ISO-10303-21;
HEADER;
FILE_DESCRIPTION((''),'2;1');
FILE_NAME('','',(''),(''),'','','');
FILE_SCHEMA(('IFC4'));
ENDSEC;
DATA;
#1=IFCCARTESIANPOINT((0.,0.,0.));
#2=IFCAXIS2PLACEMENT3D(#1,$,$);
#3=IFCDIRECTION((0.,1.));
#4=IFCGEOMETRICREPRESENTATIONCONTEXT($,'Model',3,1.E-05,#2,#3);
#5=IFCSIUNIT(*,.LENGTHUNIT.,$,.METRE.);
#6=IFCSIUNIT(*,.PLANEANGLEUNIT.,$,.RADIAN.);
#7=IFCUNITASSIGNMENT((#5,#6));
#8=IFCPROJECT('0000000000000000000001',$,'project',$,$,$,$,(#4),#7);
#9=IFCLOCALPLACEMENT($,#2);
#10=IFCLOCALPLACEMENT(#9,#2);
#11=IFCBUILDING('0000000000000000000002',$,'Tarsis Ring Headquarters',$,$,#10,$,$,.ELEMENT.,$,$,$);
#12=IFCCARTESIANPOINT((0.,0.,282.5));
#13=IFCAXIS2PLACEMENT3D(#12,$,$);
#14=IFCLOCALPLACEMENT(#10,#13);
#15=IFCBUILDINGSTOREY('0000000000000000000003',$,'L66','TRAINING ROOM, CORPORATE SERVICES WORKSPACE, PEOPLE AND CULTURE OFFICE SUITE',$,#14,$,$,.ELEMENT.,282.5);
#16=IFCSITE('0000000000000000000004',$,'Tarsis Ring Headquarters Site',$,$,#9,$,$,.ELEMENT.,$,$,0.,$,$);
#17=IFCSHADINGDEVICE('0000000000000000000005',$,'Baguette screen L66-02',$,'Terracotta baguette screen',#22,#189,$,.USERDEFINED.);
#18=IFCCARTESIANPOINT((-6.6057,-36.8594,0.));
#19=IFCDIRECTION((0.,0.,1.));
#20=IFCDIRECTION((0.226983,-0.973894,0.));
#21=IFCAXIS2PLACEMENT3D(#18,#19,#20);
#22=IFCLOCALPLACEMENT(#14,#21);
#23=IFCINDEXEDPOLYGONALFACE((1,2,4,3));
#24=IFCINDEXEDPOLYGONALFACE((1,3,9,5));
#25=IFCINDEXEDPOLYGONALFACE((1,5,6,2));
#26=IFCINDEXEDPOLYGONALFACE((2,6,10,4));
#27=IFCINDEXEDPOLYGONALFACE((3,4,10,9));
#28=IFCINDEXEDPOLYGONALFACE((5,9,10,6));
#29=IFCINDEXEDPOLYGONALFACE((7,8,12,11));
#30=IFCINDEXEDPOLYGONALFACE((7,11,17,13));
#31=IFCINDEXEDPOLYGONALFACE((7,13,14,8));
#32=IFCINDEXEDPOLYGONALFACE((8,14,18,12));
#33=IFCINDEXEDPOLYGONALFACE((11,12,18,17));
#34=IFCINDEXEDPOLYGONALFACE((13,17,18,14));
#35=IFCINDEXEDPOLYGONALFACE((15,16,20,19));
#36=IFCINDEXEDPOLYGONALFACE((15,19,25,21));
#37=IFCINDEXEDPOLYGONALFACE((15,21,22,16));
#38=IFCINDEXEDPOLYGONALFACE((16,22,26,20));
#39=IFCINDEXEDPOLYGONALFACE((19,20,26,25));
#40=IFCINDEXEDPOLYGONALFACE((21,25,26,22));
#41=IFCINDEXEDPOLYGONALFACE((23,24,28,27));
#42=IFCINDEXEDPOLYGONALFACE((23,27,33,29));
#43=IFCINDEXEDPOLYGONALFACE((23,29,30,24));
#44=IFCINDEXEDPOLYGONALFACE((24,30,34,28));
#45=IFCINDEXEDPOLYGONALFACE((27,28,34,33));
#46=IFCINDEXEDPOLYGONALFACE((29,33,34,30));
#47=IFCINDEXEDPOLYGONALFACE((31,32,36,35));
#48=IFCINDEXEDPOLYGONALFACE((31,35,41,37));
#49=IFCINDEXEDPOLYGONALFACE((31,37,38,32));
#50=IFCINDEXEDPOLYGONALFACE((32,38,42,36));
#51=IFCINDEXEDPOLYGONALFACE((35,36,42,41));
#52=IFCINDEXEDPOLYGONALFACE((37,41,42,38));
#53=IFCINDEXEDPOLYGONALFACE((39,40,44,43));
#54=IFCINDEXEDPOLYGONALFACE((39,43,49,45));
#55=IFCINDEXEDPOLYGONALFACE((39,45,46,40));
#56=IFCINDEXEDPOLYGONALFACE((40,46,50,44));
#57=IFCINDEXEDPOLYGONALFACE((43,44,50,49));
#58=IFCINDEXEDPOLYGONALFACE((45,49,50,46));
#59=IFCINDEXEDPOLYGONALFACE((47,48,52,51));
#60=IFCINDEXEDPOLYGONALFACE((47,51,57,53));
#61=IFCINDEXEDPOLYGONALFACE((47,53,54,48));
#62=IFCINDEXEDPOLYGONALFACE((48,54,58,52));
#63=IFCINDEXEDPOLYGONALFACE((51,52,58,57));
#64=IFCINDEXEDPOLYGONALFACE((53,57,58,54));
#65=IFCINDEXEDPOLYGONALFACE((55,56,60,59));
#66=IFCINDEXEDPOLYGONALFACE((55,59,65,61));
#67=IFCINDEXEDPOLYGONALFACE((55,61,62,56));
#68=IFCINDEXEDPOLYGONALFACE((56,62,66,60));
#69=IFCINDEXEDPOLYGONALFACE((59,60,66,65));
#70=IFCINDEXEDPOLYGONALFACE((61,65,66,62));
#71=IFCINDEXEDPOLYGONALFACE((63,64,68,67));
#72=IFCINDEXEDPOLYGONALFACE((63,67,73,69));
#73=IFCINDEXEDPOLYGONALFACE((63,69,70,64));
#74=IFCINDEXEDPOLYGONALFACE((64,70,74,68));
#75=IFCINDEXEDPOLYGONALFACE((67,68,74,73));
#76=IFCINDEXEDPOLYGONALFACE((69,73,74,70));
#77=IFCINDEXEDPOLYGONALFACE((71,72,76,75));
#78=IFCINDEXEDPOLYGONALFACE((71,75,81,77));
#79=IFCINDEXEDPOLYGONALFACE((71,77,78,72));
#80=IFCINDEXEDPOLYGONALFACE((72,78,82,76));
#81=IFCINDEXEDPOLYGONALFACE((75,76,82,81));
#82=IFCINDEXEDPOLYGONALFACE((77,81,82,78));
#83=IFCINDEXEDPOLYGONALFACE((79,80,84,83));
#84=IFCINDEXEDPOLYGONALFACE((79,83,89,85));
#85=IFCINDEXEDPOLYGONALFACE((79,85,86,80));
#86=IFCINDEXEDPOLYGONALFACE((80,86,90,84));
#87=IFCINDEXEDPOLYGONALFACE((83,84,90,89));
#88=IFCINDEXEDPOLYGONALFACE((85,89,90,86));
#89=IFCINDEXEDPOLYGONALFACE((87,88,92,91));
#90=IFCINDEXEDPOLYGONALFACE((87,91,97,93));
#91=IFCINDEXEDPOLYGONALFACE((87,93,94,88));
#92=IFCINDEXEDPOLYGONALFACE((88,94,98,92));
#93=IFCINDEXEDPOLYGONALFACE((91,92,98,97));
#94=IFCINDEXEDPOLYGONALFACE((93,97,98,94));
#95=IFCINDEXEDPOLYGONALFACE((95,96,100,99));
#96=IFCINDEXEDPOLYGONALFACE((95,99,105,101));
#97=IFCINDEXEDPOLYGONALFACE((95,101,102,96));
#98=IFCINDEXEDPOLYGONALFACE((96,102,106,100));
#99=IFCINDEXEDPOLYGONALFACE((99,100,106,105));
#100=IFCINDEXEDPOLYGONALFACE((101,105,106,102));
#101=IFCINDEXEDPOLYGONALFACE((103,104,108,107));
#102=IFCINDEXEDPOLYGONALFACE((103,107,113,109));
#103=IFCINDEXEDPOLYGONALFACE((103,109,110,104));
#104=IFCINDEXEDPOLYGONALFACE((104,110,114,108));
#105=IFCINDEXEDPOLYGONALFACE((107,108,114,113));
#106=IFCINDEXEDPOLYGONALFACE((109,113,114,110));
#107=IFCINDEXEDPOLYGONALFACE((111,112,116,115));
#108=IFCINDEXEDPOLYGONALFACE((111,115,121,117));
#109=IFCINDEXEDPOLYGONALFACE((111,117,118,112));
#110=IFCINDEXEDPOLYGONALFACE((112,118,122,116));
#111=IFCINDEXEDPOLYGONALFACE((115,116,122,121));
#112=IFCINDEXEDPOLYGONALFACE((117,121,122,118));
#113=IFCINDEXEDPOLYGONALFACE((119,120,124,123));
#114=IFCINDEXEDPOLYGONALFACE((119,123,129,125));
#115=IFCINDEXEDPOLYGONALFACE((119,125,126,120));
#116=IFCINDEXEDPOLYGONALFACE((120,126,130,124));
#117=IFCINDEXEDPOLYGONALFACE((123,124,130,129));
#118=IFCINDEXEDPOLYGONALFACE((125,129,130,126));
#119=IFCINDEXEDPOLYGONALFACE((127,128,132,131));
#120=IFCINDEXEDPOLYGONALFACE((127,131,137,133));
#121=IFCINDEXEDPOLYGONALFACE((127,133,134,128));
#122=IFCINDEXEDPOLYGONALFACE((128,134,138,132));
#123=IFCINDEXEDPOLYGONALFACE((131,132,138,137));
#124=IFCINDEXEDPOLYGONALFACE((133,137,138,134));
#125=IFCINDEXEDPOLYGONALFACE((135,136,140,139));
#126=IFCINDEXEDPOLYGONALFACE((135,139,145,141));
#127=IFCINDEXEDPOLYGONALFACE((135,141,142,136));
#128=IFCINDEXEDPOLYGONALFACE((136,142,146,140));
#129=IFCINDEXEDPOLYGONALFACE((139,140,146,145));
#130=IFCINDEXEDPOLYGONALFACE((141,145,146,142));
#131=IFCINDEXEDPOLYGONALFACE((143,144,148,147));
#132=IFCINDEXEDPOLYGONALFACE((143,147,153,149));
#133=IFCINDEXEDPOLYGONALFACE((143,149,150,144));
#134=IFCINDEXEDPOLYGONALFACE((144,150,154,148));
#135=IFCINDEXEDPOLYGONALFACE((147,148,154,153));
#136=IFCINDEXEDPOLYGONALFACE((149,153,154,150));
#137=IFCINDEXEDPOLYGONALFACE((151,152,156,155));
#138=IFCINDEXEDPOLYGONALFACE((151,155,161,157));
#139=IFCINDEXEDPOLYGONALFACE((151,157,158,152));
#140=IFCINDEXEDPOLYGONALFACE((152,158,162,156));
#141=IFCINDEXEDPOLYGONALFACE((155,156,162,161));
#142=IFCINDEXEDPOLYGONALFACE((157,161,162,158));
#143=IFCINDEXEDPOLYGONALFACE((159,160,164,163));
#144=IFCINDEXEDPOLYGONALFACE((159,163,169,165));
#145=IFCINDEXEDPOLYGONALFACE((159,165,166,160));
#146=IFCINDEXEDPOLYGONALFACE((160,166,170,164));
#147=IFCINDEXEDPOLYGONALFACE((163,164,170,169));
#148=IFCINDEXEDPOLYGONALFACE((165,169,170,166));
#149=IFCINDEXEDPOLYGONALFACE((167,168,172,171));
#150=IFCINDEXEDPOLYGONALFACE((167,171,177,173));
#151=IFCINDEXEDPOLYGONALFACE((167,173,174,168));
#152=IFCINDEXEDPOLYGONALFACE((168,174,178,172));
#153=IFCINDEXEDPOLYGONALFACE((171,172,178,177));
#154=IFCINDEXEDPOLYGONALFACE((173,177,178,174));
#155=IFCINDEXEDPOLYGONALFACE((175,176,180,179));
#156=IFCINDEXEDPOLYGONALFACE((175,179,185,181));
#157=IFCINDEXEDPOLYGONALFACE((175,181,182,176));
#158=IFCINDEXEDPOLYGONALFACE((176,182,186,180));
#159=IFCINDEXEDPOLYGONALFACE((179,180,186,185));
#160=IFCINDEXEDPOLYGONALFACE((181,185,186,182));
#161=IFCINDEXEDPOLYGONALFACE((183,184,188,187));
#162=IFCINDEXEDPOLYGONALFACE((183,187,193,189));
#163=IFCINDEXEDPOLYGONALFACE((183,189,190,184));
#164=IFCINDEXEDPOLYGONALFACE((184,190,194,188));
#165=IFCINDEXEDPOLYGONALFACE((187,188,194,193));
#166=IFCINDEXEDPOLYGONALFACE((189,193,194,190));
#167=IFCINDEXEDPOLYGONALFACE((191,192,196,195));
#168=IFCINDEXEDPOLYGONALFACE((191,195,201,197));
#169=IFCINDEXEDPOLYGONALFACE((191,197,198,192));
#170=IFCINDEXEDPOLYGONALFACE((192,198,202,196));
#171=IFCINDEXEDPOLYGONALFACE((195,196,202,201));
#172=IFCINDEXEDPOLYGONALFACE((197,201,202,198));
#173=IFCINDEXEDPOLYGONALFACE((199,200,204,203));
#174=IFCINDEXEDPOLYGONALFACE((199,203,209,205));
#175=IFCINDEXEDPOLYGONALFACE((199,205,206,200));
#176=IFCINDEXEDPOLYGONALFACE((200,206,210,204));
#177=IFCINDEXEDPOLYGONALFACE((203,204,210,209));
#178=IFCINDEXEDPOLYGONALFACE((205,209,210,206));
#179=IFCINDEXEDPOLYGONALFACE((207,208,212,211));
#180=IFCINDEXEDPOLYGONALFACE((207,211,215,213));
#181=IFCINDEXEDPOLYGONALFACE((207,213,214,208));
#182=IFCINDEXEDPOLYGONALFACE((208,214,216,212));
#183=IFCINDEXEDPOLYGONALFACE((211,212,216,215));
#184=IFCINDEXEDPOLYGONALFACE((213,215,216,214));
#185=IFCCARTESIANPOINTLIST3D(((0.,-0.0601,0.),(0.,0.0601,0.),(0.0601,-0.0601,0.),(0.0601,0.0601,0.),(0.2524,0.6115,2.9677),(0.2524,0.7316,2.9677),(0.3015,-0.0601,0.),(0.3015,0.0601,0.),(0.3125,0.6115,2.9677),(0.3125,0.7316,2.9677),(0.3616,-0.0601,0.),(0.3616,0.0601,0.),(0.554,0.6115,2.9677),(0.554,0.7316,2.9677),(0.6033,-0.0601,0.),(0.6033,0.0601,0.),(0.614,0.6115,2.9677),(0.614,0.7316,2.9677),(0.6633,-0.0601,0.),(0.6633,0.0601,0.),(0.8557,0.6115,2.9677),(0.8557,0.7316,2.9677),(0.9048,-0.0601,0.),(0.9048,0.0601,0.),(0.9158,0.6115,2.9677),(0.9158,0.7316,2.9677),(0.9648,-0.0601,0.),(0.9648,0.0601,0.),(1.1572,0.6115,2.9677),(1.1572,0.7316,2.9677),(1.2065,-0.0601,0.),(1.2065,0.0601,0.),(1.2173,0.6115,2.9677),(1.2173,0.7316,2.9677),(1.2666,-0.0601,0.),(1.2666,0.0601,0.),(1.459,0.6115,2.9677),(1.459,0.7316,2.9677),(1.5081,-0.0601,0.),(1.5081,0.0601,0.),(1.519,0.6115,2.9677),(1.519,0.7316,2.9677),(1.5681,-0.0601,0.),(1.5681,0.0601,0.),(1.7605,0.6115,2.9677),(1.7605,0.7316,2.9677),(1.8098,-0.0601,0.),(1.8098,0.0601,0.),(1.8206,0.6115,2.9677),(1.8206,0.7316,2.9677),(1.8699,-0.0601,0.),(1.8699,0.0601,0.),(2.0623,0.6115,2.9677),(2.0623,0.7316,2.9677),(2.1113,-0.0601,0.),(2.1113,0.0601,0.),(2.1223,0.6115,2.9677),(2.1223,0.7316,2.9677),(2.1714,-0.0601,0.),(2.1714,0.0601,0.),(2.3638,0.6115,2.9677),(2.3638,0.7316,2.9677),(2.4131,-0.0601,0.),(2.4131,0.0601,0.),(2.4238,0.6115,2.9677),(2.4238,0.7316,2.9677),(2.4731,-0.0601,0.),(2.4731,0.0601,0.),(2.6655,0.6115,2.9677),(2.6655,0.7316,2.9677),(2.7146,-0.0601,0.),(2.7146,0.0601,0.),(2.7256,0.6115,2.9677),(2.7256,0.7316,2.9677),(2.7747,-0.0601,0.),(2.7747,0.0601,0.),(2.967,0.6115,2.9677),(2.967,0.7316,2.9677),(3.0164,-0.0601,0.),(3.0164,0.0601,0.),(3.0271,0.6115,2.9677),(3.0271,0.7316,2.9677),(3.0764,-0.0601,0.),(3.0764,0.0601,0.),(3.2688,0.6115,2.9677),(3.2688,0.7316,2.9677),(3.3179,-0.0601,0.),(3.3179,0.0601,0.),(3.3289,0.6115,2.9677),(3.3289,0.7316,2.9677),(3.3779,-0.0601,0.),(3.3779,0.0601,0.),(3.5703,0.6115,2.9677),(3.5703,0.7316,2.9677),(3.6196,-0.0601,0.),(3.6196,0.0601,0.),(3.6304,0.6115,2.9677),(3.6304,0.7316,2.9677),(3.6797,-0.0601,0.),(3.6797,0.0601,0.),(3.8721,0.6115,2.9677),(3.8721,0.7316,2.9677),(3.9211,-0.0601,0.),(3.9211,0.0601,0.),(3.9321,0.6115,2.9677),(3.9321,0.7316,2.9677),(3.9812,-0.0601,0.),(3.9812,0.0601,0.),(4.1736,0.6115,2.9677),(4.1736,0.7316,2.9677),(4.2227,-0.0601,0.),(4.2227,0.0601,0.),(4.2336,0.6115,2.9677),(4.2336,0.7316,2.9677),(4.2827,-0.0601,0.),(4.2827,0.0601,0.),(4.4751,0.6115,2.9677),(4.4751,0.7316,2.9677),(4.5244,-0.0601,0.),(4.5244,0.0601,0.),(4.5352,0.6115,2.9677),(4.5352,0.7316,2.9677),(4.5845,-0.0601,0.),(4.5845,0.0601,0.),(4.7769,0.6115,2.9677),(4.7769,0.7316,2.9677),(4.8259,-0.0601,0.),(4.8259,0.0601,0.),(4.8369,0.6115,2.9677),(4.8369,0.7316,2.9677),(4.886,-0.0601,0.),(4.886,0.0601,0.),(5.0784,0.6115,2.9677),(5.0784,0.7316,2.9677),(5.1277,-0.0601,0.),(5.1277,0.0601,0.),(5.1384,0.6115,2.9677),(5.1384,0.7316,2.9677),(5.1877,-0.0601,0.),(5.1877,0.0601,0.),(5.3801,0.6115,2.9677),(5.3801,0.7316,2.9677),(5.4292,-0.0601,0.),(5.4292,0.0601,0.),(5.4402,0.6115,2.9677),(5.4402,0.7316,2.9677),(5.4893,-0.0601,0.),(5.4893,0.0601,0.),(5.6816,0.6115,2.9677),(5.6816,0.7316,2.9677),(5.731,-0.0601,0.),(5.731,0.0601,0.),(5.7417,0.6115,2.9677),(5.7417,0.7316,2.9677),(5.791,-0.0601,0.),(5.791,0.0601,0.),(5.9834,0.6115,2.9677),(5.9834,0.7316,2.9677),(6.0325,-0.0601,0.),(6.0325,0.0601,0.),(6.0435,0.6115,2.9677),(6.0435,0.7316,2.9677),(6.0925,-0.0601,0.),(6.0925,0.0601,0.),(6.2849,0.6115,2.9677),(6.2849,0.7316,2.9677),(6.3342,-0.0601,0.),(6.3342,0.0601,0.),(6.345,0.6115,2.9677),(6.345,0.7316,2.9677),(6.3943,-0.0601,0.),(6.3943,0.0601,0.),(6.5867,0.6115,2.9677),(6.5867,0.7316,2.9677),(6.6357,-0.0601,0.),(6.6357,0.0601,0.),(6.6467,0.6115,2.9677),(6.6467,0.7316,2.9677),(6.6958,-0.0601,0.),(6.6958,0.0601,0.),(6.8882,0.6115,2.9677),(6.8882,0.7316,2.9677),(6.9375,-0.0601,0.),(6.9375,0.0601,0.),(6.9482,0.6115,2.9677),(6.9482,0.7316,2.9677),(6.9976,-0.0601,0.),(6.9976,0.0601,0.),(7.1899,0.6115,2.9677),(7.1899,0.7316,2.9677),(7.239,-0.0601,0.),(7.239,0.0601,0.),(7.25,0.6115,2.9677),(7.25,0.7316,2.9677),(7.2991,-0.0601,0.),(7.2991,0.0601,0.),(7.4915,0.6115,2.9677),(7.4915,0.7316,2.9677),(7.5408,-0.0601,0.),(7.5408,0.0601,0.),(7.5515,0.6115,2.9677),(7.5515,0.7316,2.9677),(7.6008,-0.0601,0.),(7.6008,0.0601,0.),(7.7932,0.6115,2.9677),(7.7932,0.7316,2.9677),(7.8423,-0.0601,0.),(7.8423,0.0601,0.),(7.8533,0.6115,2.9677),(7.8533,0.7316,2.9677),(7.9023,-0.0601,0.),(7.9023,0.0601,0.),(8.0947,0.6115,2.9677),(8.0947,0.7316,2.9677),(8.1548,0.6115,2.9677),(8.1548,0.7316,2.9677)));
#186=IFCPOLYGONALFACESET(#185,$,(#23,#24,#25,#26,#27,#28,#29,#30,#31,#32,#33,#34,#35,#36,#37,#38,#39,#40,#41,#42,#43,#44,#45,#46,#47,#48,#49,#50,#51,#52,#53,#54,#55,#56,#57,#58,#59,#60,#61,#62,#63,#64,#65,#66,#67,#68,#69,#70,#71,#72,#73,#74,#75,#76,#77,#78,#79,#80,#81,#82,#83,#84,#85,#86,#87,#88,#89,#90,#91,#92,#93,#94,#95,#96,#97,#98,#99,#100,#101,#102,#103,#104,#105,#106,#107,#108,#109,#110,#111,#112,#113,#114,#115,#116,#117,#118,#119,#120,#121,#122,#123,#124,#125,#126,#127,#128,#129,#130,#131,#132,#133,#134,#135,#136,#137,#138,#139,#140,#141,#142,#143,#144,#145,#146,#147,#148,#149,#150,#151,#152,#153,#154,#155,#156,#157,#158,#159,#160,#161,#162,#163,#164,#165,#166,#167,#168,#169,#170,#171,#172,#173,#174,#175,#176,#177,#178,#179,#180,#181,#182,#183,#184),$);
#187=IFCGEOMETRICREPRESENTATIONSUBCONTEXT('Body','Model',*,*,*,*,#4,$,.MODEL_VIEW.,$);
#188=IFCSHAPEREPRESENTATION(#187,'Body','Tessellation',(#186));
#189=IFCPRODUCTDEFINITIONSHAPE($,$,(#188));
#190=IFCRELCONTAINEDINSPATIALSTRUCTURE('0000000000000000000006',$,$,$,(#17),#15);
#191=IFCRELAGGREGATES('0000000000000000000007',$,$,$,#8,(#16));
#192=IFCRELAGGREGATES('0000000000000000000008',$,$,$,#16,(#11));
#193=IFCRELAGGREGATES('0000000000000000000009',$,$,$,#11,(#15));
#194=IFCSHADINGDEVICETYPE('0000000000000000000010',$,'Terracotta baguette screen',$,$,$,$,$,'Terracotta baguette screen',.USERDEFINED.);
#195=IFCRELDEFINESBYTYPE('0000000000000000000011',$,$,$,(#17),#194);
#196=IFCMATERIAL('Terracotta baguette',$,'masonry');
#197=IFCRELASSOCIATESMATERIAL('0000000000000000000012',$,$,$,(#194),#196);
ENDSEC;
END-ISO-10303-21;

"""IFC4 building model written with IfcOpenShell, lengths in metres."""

from ifc_helpers import new_model, si_unit, direction, frame, frame_2d, origin, place, context, subcontext, project, spatial, rectangle, composite_profile, extrude, material, type_object, element, save


model = new_model("IFC4")

# Units and contexts
model_context = context("Model", 3, precision=1e-05, world=origin(), true_north=direction((0.0, 1.0)))
body_context = subcontext(model_context, "Body", "Model", "MODEL_VIEW")
ifc_project = project(units=[si_unit("LENGTHUNIT", "METRE"), si_unit("PLANEANGLEUNIT", "RADIAN")], contexts=[model_context])

# Site, building, storey
site_placement = place(None, origin())
site = spatial("IfcSite", under=ifc_project, at=site_placement, Name="Tarsis Ring Headquarters Site", CompositionType="ELEMENT", RefElevation=0.0)
building_placement = place(site_placement, origin())
building = spatial("IfcBuilding", under=site, at=building_placement, Name="Tarsis Ring Headquarters", CompositionType="ELEMENT")
storey_placement = place(building_placement, frame((0.0, 0.0, 282.5)))
storey = spatial("IfcBuildingStorey", under=building, at=storey_placement, Name="L66", Description="TRAINING ROOM, CORPORATE SERVICES WORKSPACE, PEOPLE AND CULTURE OFFICE SUITE", CompositionType="ELEMENT", Elevation=282.5)

# Shading device
ifc_material_1 = material(Name="Terracotta baguette", Category="masonry")
shading_device_type_1 = type_object("IfcShadingDeviceType", Name="Terracotta baguette screen", ElementType="Terracotta baguette screen", PredefinedType="USERDEFINED", material=ifc_material_1)
shading_device_1_placement = place(storey_placement, frame((-6.6057, -36.8594, 0.0), z_axis=(0.0, 0.0, 1.0), x_axis=(0.226983, -0.973894, 0.0)))
element("IfcShadingDevice", 1, at=shading_device_1_placement, inside=storey, type_object=shading_device_type_1, Name="Baguette screen L66-02", ObjectType="Terracotta baguette screen", PredefinedType="USERDEFINED", context=body_context, shape_type="SweptSolid", body=[
    extrude(composite_profile([rectangle(XDim=0.0601, YDim=0.1201, at=frame_2d((0.03, 0.0))), rectangle(XDim=0.0601, YDim=0.1201, at=frame_2d((0.3315, 0.0))), rectangle(XDim=0.0601, YDim=0.1201, at=frame_2d((0.6333, 0.0))), rectangle(XDim=0.0601, YDim=0.1201, at=frame_2d((0.9348, 0.0))), rectangle(XDim=0.0601, YDim=0.1201, at=frame_2d((1.2366, 0.0))), rectangle(XDim=0.0601, YDim=0.1201, at=frame_2d((1.5381, 0.0))), rectangle(XDim=0.0601, YDim=0.1201, at=frame_2d((1.8398, 0.0))), rectangle(XDim=0.0601, YDim=0.1201, at=frame_2d((2.1414, 0.0))), rectangle(XDim=0.0601, YDim=0.1201, at=frame_2d((2.4431, 0.0))), rectangle(XDim=0.0601, YDim=0.1201, at=frame_2d((2.7446, 0.0))), rectangle(XDim=0.0601, YDim=0.1201, at=frame_2d((3.0464, 0.0))), rectangle(XDim=0.0601, YDim=0.1201, at=frame_2d((3.3479, 0.0))), rectangle(XDim=0.0601, YDim=0.1201, at=frame_2d((3.6497, 0.0))), rectangle(XDim=0.0601, YDim=0.1201, at=frame_2d((3.9512, 0.0))), rectangle(XDim=0.0601, YDim=0.1201, at=frame_2d((4.2527, 0.0))), rectangle(XDim=0.0601, YDim=0.1201, at=frame_2d((4.5544, 0.0))), rectangle(XDim=0.0601, YDim=0.1201, at=frame_2d((4.856, 0.0))), rectangle(XDim=0.0601, YDim=0.1201, at=frame_2d((5.1577, 0.0))), rectangle(XDim=0.0601, YDim=0.1201, at=frame_2d((5.4592, 0.0))), rectangle(XDim=0.0601, YDim=0.1201, at=frame_2d((5.761, 0.0))), rectangle(XDim=0.0601, YDim=0.1201, at=frame_2d((6.0625, 0.0))), rectangle(XDim=0.0601, YDim=0.1201, at=frame_2d((6.3643, 0.0))), rectangle(XDim=0.0601, YDim=0.1201, at=frame_2d((6.6658, 0.0))), rectangle(XDim=0.0601, YDim=0.1201, at=frame_2d((6.9675, 0.0))), rectangle(XDim=0.0601, YDim=0.1201, at=frame_2d((7.269, 0.0))), rectangle(XDim=0.0601, YDim=0.1201, at=frame_2d((7.5708, 0.0))), rectangle(XDim=0.0601, YDim=0.1201, at=frame_2d((7.8723, 0.0)))]), origin(), (0.082682, 0.21994, 0.972003), 3.0532),
])

save(model, "model.ifc")
